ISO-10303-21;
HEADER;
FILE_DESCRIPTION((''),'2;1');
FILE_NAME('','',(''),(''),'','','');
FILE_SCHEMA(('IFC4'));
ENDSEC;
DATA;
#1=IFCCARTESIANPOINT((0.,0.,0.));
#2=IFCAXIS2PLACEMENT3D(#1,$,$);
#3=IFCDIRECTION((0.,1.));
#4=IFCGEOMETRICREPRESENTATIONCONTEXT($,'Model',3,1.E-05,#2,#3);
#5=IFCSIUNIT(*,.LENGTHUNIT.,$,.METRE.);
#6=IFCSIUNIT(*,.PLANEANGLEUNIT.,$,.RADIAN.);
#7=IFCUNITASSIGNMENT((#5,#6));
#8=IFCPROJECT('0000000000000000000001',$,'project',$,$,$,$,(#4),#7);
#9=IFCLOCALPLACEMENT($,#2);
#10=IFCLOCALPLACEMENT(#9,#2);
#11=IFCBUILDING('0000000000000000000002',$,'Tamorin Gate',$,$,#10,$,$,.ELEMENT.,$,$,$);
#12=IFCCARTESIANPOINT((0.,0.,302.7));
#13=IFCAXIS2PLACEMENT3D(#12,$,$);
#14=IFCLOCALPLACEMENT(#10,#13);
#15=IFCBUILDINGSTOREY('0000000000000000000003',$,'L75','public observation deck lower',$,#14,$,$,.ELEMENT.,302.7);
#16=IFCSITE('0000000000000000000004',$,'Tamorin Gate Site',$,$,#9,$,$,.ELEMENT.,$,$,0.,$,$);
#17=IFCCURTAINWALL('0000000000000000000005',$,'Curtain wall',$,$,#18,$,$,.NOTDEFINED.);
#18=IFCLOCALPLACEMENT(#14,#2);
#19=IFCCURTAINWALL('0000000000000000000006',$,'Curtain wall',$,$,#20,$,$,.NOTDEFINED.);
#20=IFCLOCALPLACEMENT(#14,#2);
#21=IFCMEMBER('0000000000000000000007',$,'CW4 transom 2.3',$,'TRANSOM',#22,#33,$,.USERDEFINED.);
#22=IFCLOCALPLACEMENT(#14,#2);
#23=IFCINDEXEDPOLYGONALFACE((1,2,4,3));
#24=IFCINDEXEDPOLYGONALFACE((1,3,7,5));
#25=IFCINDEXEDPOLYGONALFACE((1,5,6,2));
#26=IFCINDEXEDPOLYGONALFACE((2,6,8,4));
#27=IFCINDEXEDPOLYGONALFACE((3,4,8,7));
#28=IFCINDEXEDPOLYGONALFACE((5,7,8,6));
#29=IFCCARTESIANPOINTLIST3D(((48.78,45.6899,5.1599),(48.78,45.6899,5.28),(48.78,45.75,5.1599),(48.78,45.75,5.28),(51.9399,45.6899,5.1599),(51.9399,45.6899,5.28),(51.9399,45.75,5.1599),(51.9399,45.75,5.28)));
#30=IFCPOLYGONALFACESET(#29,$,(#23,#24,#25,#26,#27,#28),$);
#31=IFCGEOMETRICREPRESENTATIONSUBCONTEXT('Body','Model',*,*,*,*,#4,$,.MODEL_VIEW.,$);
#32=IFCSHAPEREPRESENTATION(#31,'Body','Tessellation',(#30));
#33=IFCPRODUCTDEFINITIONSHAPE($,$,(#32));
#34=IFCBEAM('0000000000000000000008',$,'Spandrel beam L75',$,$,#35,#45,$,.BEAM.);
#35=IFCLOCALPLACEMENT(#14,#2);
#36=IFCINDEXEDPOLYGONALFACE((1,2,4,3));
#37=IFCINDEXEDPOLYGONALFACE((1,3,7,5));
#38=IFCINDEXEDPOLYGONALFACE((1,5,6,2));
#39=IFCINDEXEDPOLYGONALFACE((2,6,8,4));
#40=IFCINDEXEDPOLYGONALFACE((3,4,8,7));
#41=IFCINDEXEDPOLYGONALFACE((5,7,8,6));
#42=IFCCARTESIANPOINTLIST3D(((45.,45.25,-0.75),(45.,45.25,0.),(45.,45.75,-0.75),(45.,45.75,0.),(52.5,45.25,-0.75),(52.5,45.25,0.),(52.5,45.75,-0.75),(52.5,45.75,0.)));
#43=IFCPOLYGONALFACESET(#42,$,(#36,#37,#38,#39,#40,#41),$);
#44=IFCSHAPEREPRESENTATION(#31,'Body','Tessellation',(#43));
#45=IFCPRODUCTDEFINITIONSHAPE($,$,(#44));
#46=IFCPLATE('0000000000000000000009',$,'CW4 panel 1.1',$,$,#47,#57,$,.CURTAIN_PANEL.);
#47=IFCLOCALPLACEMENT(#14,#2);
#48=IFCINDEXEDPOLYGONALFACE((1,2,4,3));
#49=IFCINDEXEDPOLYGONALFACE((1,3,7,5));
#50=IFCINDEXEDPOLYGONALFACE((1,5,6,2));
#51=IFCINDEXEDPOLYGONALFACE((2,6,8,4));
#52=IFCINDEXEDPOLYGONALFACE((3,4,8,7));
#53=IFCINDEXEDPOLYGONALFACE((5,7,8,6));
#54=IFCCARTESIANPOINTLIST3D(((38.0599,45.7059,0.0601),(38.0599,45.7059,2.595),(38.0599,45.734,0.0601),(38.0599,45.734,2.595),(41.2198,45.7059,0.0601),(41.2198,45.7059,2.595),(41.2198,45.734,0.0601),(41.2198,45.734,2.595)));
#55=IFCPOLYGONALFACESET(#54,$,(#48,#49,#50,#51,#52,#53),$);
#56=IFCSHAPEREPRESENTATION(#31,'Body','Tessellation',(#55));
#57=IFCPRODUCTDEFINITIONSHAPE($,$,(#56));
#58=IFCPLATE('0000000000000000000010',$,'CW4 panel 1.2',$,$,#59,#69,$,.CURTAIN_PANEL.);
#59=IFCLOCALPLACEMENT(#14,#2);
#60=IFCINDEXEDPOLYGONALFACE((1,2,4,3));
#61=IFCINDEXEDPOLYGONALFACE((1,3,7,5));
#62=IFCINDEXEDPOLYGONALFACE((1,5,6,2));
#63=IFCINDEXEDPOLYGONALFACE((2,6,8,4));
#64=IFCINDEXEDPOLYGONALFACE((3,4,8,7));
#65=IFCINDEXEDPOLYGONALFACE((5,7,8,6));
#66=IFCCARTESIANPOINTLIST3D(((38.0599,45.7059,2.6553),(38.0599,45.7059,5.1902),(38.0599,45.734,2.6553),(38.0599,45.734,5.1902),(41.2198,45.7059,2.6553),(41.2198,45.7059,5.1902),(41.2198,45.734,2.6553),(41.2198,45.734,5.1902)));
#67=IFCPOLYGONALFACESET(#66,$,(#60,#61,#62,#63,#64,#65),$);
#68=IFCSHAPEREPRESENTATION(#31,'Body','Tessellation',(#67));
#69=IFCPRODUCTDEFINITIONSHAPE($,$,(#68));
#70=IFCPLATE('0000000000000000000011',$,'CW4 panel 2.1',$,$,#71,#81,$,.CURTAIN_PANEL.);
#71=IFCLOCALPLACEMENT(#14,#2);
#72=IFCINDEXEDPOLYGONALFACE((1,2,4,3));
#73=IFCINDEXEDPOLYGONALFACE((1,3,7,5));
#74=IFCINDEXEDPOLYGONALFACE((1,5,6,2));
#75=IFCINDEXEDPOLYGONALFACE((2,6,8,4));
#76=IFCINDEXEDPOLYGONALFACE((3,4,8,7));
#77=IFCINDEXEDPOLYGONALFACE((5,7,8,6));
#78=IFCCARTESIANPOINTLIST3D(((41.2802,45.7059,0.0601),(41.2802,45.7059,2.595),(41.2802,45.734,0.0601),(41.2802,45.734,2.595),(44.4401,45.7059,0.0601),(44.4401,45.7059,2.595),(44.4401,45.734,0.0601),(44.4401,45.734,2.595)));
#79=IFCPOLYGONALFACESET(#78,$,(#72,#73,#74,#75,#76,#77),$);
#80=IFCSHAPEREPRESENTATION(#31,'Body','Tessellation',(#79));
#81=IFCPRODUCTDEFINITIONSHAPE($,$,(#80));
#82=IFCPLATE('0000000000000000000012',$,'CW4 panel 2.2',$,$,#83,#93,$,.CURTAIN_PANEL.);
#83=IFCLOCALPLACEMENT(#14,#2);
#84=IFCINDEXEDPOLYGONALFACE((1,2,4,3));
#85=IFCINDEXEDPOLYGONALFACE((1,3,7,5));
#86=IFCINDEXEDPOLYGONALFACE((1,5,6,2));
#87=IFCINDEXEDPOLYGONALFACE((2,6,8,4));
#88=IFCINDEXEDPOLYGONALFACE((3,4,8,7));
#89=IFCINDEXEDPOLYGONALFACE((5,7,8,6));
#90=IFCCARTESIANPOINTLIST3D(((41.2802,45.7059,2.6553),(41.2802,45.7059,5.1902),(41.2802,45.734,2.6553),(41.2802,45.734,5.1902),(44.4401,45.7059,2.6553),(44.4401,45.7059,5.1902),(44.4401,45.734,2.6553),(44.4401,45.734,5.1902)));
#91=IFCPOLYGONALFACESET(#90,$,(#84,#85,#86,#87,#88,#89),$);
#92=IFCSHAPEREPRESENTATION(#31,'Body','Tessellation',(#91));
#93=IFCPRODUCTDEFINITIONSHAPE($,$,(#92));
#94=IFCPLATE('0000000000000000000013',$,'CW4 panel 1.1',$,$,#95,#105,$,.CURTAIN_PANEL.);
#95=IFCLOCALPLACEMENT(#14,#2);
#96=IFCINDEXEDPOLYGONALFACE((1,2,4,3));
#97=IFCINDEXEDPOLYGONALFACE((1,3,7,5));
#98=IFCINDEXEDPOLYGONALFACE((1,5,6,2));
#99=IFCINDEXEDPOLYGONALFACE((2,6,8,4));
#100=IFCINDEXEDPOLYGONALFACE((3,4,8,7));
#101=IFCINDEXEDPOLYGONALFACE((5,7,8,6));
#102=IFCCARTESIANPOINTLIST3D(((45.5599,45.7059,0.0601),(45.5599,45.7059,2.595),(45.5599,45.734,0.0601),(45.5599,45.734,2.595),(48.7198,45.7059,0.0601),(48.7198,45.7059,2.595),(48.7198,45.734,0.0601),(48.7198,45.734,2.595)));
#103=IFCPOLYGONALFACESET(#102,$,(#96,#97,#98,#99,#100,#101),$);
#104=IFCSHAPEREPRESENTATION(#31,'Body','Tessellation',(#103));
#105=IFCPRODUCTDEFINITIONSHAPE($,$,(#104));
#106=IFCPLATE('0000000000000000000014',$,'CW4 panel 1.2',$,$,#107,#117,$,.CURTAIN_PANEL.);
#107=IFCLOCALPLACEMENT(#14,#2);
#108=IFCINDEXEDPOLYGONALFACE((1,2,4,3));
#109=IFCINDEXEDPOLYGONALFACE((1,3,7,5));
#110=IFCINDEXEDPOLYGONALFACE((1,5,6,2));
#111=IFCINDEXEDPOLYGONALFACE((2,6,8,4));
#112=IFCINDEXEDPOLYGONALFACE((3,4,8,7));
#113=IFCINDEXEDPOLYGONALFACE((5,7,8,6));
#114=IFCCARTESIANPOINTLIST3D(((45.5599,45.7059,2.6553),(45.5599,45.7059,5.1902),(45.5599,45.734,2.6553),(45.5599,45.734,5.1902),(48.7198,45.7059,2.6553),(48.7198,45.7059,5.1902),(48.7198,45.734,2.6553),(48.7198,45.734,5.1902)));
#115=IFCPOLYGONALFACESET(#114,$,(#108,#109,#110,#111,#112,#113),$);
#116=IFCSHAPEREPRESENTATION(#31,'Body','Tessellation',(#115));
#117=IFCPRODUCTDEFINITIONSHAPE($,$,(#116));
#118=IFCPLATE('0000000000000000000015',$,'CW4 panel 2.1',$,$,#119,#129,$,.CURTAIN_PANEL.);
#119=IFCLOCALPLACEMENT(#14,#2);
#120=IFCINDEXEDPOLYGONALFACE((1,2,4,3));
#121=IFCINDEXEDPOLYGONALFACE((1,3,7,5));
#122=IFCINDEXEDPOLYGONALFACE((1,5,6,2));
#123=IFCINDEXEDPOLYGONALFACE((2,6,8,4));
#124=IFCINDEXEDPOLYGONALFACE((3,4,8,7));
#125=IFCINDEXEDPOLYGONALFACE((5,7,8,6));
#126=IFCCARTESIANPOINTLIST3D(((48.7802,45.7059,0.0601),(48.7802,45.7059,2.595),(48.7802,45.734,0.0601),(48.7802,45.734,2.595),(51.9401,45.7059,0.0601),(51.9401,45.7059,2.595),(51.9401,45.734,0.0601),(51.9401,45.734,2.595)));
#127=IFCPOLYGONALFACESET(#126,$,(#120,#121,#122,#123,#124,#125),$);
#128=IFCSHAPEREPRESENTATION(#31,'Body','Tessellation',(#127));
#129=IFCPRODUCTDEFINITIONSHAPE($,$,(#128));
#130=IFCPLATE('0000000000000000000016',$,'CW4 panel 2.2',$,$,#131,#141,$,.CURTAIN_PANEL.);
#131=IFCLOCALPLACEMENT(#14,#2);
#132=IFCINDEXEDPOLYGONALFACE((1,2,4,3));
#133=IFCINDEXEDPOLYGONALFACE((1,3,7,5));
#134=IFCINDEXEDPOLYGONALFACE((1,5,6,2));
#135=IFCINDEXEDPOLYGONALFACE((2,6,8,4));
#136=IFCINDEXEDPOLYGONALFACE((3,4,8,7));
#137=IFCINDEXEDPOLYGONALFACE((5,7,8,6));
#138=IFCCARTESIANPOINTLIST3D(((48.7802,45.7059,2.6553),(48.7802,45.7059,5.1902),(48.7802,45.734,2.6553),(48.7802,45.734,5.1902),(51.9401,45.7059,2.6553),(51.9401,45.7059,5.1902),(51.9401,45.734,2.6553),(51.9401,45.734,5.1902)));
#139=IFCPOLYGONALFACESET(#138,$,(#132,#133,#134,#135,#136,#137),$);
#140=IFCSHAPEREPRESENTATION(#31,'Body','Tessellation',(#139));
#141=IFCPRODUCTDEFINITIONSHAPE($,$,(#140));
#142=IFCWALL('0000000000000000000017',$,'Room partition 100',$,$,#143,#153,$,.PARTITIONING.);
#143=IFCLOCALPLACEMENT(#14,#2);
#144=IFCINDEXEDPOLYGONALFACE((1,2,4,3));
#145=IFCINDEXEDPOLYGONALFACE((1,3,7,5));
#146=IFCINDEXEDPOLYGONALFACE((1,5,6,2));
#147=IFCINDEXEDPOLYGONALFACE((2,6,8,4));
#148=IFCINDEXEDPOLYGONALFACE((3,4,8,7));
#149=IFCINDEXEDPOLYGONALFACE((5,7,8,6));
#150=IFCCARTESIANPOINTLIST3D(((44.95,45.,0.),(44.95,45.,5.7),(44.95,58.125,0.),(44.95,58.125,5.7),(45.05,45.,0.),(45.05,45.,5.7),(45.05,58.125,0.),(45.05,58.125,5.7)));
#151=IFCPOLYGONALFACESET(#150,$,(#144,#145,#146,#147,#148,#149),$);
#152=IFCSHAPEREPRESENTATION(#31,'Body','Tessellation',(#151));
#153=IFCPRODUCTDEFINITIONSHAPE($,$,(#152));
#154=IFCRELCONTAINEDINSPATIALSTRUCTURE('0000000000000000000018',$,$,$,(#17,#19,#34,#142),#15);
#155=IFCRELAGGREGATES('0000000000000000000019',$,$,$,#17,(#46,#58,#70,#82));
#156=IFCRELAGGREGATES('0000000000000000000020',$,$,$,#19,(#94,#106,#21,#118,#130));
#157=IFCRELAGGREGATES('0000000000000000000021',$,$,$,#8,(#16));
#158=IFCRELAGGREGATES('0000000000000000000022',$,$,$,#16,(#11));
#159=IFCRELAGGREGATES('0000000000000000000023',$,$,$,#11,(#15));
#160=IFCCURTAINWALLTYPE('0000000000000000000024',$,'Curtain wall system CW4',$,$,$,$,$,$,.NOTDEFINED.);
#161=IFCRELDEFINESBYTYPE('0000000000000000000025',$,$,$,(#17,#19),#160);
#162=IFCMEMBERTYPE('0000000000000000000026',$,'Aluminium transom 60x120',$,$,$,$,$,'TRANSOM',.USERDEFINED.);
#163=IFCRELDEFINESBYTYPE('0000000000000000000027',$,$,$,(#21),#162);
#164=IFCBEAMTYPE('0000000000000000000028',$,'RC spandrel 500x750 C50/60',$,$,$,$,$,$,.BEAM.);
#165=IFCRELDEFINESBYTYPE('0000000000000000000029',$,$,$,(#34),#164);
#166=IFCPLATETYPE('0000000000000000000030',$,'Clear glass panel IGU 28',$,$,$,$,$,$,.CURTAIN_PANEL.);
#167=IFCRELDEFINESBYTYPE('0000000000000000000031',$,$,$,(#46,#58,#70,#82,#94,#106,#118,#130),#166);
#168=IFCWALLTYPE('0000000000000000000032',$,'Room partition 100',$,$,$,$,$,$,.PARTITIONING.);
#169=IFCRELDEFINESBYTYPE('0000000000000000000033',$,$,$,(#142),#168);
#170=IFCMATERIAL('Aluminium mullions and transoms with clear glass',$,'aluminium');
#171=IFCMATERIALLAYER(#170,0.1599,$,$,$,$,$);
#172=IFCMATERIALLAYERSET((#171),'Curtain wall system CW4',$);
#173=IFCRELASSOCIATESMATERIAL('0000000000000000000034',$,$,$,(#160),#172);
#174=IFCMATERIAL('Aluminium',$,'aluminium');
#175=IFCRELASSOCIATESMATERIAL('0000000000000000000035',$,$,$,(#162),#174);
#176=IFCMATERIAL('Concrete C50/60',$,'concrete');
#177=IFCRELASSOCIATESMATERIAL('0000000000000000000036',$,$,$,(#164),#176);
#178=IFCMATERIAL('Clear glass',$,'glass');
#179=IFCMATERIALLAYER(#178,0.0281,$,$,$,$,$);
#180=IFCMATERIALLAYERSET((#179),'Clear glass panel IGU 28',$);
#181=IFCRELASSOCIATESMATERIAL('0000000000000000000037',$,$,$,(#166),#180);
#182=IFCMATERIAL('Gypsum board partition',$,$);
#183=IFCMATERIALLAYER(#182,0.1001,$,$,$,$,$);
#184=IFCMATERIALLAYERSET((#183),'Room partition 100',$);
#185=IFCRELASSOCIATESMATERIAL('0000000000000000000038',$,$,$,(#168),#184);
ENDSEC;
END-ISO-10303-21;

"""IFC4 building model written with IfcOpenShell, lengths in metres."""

from ifc_helpers import new_model, si_unit, direction, frame, frame_2d, origin, origin_2d, place, context, subcontext, project, spatial, rectangle, extrude, material, layer, layer_set, material_profile, profile_set, type_object, element, aggregate, save


model = new_model("IFC4")

# Units and contexts
model_context = context("Model", 3, precision=1e-05, world=origin(), true_north=direction((0.0, 1.0)))
body_context = subcontext(model_context, "Body", "Model", "MODEL_VIEW")
ifc_project = project(units=[si_unit("LENGTHUNIT", "METRE"), si_unit("PLANEANGLEUNIT", "RADIAN")], contexts=[model_context])

# Site, building, storey
site_placement = place(None, origin())
site = spatial("IfcSite", under=ifc_project, at=site_placement, Name="Tamorin Gate Site", CompositionType="ELEMENT", RefElevation=0.0)
building_placement = place(site_placement, origin())
building = spatial("IfcBuilding", under=site, at=building_placement, Name="Tamorin Gate", CompositionType="ELEMENT")
storey_placement = place(building_placement, frame((0.0, 0.0, 302.7)))
storey = spatial("IfcBuildingStorey", under=building, at=storey_placement, Name="L75", Description="public observation deck lower", CompositionType="ELEMENT", Elevation=302.7)

# Shared definitions
ifc_material_1 = material(Name="Concrete C50/60", Category="concrete")

# Curtain walls
ifc_material_2 = material(Name="Aluminium mullions and transoms with clear glass", Category="aluminium")
ifc_layer_1 = layer(ifc_material_2, 0.1599)
ifc_layer_set_1 = layer_set([ifc_layer_1], Name="Curtain wall system CW4")
curtain_wall_type = type_object("IfcCurtainWallType", Name="Curtain wall system CW4", PredefinedType="NOTDEFINED", material=ifc_layer_set_1)
curtain_wall_1_placement = place(storey_placement, origin())
curtain_wall_1 = element("IfcCurtainWall", 1, at=curtain_wall_1_placement, inside=storey, type_object=curtain_wall_type, Name="Curtain wall", PredefinedType="NOTDEFINED")
ifc_material_3 = material(Name="Aluminium", Category="aluminium")
curtain_wall_2_placement = place(storey_placement, origin())
curtain_wall_2 = element("IfcCurtainWall", 2, at=curtain_wall_2_placement, inside=storey, type_object=curtain_wall_type, Name="Curtain wall", PredefinedType="NOTDEFINED")

# Member
ifc_material_profile_1 = material_profile(ifc_material_3, rectangle(XDim=0.0601, YDim=0.1201, at=origin_2d()), Name="RECT 60x120")
ifc_profile_set_1 = profile_set([ifc_material_profile_1], Name="Aluminium")
member_type_1 = type_object("IfcMemberType", Name="Aluminium transom 60x120", ElementType="TRANSOM", PredefinedType="USERDEFINED", material=ifc_profile_set_1)
member_1_placement = place(storey_placement, frame((48.78, 45.72, 5.22), z_axis=(1.0, 0.0, 0.0), x_axis=(0.0, 1.0, 0.0)))
member_1 = element("IfcMember", 3, at=member_1_placement, type_object=member_type_1, Name="CW4 transom 2.3", ObjectType="TRANSOM", PredefinedType="USERDEFINED", context=body_context, shape_type="SweptSolid", body=[
    extrude(rectangle(XDim=0.0601, YDim=0.1201, at=origin_2d()), origin(), (0.0, 0.0, 1.0), 3.1599),
])

# Beam
ifc_material_profile_2 = material_profile(ifc_material_1, rectangle(XDim=0.5, YDim=0.75, at=origin_2d()), Name="RC 500x750")
ifc_profile_set_2 = profile_set([ifc_material_profile_2], Name="Concrete C50/60")
beam_type = type_object("IfcBeamType", Name="RC spandrel 500x750 C50/60", PredefinedType="BEAM", material=ifc_profile_set_2)
beam_placement = place(storey_placement, frame((45.0, 45.5, -0.375), z_axis=(1.0, 0.0, 0.0), x_axis=(0.0, 1.0, 0.0)))
element("IfcBeam", 4, at=beam_placement, inside=storey, type_object=beam_type, Name="Spandrel beam L75", PredefinedType="BEAM", context=body_context, shape_type="SweptSolid", body=[
    extrude(rectangle(XDim=0.5, YDim=0.75, at=origin_2d()), origin(), (0.0, 0.0, 1.0), 7.5),
])

# Plates
ifc_material_4 = material(Name="Clear glass", Category="glass")
ifc_layer_2 = layer(ifc_material_4, 0.0281)
ifc_layer_set_2 = layer_set([ifc_layer_2], Name="Clear glass panel IGU 28")
plate_type = type_object("IfcPlateType", Name="Clear glass panel IGU 28", PredefinedType="CURTAIN_PANEL", material=ifc_layer_set_2)
plate_1_placement = place(storey_placement, frame((39.6399, 45.72, 0.0601), z_axis=(0.0, 0.0, 1.0), x_axis=(1.0, 0.0, 0.0)))
plate_1 = element("IfcPlate", 5, at=plate_1_placement, type_object=plate_type, Name="CW4 panel 1.1", PredefinedType="CURTAIN_PANEL", context=body_context, shape_type="SweptSolid", body=[
    extrude(rectangle(XDim=3.1599, YDim=0.0281, at=origin_2d()), origin(), (0.0, 0.0, 1.0), 2.5349),
])
plate_2_placement = place(storey_placement, frame((39.6399, 45.72, 2.6553), z_axis=(0.0, 0.0, 1.0), x_axis=(1.0, 0.0, 0.0)))
plate_2 = element("IfcPlate", 6, at=plate_2_placement, type_object=plate_type, Name="CW4 panel 1.2", PredefinedType="CURTAIN_PANEL", context=body_context, shape_type="SweptSolid", body=[
    extrude(rectangle(XDim=3.1599, YDim=0.0281, at=origin_2d()), origin(), (0.0, 0.0, 1.0), 2.5349),
])
plate_3_placement = place(storey_placement, frame((42.8601, 45.72, 0.0601), z_axis=(0.0, 0.0, 1.0), x_axis=(1.0, 0.0, 0.0)))
plate_3 = element("IfcPlate", 7, at=plate_3_placement, type_object=plate_type, Name="CW4 panel 2.1", PredefinedType="CURTAIN_PANEL", context=body_context, shape_type="SweptSolid", body=[
    extrude(rectangle(XDim=3.1599, YDim=0.0281, at=origin_2d()), origin(), (0.0, 0.0, 1.0), 2.5349),
])
plate_4_placement = place(storey_placement, frame((42.8601, 45.72, 2.6553), z_axis=(0.0, 0.0, 1.0), x_axis=(1.0, 0.0, 0.0)))
plate_4 = element("IfcPlate", 8, at=plate_4_placement, type_object=plate_type, Name="CW4 panel 2.2", PredefinedType="CURTAIN_PANEL", context=body_context, shape_type="SweptSolid", body=[
    extrude(rectangle(XDim=3.1599, YDim=0.0281, at=origin_2d()), origin(), (0.0, 0.0, 1.0), 2.5349),
])
aggregate(curtain_wall_1, [plate_1, plate_2, plate_3, plate_4])
plate_5_placement = place(storey_placement, frame((47.1399, 45.72, 0.0601), z_axis=(0.0, 0.0, 1.0), x_axis=(1.0, 0.0, 0.0)))
plate_5 = element("IfcPlate", 9, at=plate_5_placement, type_object=plate_type, Name="CW4 panel 1.1", PredefinedType="CURTAIN_PANEL", context=body_context, shape_type="SweptSolid", body=[
    extrude(rectangle(XDim=3.1599, YDim=0.0281, at=origin_2d()), origin(), (0.0, 0.0, 1.0), 2.5349),
])
plate_6_placement = place(storey_placement, frame((47.1399, 45.72, 2.6553), z_axis=(0.0, 0.0, 1.0), x_axis=(1.0, 0.0, 0.0)))
plate_6 = element("IfcPlate", 10, at=plate_6_placement, type_object=plate_type, Name="CW4 panel 1.2", PredefinedType="CURTAIN_PANEL", context=body_context, shape_type="SweptSolid", body=[
    extrude(rectangle(XDim=3.1599, YDim=0.0281, at=origin_2d()), origin(), (0.0, 0.0, 1.0), 2.5349),
])
plate_7_placement = place(storey_placement, frame((50.3601, 45.72, 0.0601), z_axis=(0.0, 0.0, 1.0), x_axis=(1.0, 0.0, 0.0)))
plate_7 = element("IfcPlate", 11, at=plate_7_placement, type_object=plate_type, Name="CW4 panel 2.1", PredefinedType="CURTAIN_PANEL", context=body_context, shape_type="SweptSolid", body=[
    extrude(rectangle(XDim=3.1599, YDim=0.0281, at=origin_2d()), origin(), (0.0, 0.0, 1.0), 2.5349),
])
plate_8_placement = place(storey_placement, frame((50.3601, 45.72, 2.6553), z_axis=(0.0, 0.0, 1.0), x_axis=(1.0, 0.0, 0.0)))
plate_8 = element("IfcPlate", 12, at=plate_8_placement, type_object=plate_type, Name="CW4 panel 2.2", PredefinedType="CURTAIN_PANEL", context=body_context, shape_type="SweptSolid", body=[
    extrude(rectangle(XDim=3.1599, YDim=0.0281, at=origin_2d()), origin(), (0.0, 0.0, 1.0), 2.5349),
])
aggregate(curtain_wall_2, [plate_5, plate_6, member_1, plate_7, plate_8])

# Wall
ifc_material_5 = material(Name="Gypsum board partition")
ifc_layer_3 = layer(ifc_material_5, 0.1001)
ifc_layer_set_3 = layer_set([ifc_layer_3], Name="Room partition 100")
wall_type = type_object("IfcWallType", Name="Room partition 100", PredefinedType="PARTITIONING", material=ifc_layer_set_3)
wall_placement = place(storey_placement, frame((45.0, 45.0, 0.0), z_axis=(0.0, 0.0, 1.0), x_axis=(0.0, 1.0, 0.0)))
element("IfcWall", 13, at=wall_placement, inside=storey, type_object=wall_type, Name="Room partition 100", PredefinedType="PARTITIONING", context=body_context, shape_type="SweptSolid", body=[
    extrude(rectangle(XDim=13.125, YDim=0.1001, at=frame_2d((6.5625, 0.0))), origin(), (0.0, 0.0, 1.0), 5.7),
])

save(model, "model.ifc")
